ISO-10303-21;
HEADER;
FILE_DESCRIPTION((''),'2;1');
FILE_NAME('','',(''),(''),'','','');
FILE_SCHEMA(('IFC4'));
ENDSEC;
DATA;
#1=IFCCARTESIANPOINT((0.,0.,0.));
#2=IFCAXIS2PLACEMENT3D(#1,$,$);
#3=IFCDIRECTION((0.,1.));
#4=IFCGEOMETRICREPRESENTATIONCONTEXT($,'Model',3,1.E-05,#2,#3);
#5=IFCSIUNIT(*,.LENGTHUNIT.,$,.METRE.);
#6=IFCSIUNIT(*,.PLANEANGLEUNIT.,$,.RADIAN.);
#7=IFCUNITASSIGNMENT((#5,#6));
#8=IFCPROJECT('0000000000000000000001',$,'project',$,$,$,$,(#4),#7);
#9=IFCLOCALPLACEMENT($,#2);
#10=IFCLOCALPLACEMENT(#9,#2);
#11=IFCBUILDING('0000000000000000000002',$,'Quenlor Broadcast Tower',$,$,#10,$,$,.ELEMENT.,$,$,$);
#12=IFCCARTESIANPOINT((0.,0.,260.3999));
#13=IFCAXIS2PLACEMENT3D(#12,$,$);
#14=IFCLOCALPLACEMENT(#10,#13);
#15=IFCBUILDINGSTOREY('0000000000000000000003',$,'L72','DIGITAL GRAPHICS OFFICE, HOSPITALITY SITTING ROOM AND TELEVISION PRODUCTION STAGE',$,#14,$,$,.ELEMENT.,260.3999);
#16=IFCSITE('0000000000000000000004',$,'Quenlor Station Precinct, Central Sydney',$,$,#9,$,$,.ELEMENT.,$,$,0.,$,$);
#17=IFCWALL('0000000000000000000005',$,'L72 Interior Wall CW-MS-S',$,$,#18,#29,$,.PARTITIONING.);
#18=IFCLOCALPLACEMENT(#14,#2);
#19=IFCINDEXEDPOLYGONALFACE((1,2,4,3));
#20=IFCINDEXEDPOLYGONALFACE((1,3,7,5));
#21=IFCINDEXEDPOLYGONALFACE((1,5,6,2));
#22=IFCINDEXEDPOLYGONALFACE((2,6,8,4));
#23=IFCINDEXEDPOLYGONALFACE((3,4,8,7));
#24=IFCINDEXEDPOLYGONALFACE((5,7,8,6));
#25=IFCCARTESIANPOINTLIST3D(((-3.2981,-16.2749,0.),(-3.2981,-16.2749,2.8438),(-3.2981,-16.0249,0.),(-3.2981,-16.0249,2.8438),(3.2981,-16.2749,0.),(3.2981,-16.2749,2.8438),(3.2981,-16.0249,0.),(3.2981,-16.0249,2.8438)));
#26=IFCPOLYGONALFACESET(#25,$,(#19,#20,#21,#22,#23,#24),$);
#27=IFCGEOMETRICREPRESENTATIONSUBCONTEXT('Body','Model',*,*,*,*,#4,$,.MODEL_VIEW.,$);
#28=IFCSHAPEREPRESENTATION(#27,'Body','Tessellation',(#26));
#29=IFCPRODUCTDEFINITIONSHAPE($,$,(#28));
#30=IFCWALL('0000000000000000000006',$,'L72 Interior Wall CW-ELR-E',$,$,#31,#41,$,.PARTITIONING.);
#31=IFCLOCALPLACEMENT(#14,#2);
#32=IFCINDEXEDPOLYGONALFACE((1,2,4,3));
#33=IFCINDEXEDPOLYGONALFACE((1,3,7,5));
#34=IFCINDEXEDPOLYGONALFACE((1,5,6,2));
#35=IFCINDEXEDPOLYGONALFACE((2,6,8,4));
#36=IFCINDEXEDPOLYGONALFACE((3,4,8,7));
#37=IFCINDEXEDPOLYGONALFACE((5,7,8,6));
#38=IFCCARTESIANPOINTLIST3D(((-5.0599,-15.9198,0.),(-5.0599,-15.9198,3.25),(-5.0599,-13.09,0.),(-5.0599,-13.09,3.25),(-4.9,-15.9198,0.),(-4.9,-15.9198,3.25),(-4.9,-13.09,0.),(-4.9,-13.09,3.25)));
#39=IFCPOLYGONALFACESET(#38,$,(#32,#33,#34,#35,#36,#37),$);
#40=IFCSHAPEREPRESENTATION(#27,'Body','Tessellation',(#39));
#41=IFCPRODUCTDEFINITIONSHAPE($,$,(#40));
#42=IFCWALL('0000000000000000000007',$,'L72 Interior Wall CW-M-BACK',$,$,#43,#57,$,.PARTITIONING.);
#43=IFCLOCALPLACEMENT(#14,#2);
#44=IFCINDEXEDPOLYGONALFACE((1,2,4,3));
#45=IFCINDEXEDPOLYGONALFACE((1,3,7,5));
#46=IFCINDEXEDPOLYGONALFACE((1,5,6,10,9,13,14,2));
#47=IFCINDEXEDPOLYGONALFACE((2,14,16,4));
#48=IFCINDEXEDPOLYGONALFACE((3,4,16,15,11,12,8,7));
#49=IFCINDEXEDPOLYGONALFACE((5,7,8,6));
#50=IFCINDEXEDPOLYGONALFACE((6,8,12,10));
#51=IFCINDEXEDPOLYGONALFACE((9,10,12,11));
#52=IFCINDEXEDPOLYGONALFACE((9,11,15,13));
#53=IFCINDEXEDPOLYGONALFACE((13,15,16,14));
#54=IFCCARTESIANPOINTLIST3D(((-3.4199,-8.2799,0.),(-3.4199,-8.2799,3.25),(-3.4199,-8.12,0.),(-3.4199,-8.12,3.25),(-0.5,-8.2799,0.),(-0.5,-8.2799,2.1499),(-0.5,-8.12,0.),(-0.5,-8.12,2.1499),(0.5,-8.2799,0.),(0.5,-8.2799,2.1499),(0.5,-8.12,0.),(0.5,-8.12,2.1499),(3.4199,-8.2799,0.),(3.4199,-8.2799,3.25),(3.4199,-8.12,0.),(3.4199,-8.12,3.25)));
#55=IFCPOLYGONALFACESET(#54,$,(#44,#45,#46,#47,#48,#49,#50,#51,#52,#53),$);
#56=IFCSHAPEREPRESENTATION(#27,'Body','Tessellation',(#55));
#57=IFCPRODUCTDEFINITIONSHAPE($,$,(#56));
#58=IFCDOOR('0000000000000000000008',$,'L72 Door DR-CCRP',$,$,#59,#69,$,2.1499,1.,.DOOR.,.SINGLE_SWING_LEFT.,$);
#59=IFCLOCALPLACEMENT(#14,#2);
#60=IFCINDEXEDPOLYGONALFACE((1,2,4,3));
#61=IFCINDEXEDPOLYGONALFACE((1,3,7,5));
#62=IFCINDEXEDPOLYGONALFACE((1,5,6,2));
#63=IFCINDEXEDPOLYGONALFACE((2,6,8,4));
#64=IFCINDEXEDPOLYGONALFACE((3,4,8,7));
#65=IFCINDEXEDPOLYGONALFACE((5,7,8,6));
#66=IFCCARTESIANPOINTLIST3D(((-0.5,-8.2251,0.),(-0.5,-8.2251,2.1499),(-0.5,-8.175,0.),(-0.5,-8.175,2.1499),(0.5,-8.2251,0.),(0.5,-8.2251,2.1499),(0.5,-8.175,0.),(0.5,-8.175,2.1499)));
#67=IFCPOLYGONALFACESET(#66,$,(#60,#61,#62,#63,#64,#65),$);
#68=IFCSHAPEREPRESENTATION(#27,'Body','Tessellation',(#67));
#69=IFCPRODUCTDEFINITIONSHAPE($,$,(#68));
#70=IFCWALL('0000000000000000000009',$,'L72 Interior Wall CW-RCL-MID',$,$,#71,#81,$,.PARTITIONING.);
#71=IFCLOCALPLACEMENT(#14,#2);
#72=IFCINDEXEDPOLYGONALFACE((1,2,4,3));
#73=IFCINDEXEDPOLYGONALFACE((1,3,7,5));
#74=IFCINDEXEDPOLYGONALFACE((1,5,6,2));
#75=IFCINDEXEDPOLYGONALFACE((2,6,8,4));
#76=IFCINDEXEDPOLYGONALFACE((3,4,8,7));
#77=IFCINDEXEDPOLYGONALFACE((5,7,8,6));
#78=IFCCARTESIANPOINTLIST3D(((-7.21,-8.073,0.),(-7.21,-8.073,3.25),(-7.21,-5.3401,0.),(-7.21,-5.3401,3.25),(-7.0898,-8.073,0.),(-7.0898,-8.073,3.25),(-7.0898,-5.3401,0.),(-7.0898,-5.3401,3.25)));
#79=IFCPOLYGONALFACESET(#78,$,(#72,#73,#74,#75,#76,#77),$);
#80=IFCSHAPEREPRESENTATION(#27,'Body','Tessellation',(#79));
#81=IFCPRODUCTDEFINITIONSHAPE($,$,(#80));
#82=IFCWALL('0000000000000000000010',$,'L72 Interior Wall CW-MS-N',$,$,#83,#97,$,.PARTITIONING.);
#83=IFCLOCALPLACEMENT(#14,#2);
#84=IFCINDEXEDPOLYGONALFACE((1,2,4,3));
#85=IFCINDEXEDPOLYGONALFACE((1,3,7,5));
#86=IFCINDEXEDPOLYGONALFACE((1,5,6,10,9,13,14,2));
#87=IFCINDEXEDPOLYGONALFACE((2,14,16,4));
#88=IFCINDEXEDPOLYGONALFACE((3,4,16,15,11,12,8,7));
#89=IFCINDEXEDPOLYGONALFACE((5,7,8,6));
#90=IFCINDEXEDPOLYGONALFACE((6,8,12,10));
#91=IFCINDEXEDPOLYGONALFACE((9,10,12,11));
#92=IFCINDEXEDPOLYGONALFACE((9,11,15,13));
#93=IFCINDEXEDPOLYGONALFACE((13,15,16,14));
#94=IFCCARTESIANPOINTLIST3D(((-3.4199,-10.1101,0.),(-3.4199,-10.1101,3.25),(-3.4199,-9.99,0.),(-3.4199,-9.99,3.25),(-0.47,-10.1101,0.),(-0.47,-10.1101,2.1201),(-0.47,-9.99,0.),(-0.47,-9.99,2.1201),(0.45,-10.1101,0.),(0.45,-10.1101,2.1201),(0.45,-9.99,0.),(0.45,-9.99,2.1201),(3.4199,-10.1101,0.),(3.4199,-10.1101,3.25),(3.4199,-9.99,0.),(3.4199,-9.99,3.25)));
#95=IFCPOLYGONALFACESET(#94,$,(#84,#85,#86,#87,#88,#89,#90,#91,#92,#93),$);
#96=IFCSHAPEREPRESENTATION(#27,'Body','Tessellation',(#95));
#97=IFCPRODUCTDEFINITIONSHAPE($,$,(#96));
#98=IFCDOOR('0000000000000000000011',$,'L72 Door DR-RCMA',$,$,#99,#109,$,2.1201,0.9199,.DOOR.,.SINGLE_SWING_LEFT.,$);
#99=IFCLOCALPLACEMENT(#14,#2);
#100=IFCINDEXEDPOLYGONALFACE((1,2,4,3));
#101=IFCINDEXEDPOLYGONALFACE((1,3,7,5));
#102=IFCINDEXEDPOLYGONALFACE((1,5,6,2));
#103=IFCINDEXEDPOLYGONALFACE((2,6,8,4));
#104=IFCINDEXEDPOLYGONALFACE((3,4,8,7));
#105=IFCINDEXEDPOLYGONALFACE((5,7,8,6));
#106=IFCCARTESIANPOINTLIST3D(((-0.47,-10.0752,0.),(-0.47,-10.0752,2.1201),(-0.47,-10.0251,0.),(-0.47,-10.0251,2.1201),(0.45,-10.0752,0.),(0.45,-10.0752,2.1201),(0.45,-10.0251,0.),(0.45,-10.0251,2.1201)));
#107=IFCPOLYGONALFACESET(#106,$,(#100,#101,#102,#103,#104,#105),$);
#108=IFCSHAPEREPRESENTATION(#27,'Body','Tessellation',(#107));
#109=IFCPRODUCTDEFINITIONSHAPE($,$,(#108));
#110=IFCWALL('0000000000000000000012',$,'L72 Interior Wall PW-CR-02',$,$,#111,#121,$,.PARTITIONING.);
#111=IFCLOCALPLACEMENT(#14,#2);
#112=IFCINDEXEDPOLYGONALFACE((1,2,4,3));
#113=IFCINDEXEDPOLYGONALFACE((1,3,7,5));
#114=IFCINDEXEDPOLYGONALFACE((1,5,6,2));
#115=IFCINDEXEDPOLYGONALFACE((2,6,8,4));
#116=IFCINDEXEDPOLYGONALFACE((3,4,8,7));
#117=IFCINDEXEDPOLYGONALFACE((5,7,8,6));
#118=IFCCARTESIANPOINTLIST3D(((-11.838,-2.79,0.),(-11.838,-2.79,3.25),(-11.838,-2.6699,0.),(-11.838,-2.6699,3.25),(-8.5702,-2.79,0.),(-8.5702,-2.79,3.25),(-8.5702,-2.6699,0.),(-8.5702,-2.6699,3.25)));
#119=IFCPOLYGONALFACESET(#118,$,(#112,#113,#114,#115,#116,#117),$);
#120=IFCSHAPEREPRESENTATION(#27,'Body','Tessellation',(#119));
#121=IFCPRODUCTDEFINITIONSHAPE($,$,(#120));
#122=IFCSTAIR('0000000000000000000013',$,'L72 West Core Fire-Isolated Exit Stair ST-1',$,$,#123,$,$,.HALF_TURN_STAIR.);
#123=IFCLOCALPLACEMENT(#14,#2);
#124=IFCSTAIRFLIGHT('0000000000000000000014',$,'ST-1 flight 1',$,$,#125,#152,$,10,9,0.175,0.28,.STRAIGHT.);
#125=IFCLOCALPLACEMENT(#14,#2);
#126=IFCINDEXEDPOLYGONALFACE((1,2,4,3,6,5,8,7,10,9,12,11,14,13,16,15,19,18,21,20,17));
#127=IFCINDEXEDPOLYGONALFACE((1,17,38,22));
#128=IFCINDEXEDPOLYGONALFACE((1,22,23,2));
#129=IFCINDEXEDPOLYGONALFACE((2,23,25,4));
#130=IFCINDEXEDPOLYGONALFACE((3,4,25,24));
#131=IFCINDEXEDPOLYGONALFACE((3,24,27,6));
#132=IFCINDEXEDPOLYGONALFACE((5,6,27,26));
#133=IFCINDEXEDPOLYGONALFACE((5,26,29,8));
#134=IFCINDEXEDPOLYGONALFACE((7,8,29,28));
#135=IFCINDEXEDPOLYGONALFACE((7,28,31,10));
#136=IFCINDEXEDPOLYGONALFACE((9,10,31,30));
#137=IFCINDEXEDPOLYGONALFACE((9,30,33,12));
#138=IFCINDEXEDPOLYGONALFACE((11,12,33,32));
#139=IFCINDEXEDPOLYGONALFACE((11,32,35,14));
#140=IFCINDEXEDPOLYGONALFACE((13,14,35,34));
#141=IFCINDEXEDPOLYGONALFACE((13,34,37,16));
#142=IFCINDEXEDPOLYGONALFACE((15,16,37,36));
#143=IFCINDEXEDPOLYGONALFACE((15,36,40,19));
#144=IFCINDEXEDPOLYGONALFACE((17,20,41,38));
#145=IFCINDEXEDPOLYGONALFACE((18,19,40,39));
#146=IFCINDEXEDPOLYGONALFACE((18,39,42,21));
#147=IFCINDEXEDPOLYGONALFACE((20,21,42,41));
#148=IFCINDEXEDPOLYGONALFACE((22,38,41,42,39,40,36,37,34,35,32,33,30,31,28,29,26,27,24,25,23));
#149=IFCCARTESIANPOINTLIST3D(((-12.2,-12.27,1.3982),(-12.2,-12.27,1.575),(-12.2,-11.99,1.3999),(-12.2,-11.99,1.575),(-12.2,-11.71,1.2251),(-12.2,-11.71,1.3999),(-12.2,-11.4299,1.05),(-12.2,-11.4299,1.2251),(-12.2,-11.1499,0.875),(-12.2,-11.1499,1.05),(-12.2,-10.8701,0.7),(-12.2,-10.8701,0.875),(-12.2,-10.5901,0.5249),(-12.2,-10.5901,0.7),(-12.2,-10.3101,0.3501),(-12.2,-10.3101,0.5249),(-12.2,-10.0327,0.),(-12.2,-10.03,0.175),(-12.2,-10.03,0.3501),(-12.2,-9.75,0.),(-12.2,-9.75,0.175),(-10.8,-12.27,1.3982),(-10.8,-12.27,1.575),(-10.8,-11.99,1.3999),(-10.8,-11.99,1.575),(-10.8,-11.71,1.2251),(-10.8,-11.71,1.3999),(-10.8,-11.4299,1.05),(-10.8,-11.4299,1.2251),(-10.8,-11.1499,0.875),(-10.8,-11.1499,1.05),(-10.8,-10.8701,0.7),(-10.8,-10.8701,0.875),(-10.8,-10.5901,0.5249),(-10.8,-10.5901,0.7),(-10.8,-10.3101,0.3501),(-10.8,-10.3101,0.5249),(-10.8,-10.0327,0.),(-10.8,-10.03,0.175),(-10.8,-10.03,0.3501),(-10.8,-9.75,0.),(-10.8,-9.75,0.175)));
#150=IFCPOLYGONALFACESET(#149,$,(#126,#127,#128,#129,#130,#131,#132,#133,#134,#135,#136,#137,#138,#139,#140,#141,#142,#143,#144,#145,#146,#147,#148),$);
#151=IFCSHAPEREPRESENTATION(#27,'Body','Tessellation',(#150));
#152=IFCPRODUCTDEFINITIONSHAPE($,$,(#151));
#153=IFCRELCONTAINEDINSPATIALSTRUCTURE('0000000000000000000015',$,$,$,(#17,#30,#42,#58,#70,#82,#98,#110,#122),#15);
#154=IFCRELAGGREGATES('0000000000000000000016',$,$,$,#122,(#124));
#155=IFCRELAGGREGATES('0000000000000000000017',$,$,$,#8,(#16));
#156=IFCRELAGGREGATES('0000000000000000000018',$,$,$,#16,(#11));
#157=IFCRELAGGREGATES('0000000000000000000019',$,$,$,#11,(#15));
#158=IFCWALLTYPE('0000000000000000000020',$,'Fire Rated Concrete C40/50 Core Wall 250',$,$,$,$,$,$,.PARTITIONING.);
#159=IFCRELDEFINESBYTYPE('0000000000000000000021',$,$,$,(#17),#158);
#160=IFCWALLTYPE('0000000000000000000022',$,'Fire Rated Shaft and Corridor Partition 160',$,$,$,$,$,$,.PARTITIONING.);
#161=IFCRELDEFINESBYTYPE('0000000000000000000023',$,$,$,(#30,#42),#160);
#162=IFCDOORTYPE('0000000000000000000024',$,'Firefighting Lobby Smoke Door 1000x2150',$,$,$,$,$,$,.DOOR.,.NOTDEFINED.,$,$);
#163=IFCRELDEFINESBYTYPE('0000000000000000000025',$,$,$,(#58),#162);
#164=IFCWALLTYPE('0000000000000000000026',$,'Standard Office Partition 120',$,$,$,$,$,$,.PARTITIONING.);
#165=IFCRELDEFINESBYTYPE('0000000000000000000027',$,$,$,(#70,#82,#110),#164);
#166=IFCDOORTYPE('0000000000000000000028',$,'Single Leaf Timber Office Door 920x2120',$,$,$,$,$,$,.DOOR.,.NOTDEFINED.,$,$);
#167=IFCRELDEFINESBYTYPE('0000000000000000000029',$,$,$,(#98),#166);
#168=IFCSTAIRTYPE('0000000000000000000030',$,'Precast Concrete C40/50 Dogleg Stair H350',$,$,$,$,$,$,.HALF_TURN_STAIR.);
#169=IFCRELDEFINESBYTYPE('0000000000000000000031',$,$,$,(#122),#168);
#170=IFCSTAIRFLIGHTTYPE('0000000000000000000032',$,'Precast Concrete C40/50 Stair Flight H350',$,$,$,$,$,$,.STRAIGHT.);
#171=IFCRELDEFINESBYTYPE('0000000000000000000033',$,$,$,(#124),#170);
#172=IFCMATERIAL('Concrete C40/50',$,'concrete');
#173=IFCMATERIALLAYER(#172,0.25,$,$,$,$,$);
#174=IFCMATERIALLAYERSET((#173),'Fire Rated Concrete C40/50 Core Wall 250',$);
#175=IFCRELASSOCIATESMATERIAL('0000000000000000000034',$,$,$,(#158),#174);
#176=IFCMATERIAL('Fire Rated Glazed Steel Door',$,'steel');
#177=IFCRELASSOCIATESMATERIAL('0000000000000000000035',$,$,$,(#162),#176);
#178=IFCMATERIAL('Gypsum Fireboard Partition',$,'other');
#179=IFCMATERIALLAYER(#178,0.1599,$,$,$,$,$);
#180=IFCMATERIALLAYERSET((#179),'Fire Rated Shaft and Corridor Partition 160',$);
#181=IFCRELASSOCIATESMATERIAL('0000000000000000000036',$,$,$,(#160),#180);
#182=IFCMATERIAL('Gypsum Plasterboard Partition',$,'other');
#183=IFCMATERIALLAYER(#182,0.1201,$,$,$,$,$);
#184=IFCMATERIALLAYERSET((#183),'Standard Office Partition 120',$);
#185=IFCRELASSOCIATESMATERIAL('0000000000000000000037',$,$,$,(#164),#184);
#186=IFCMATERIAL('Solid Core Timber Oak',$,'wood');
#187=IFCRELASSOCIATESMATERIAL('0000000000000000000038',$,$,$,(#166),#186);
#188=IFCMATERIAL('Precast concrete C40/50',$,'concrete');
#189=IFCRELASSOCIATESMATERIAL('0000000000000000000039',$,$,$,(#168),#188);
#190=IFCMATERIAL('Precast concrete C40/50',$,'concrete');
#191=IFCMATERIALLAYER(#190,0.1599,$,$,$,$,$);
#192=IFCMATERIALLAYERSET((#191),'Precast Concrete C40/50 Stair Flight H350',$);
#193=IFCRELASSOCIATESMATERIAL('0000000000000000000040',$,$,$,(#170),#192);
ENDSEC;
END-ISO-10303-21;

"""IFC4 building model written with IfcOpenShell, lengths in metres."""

from ifc_helpers import new_model, si_unit, direction, frame, frame_2d, origin, place, context, subcontext, project, spatial, polyline, rectangle, outline, extrude, material, layer, layer_set, type_object, element, fill, aggregate, save


model = new_model("IFC4")

# Units and contexts
model_context = context("Model", 3, precision=1e-05, world=origin(), true_north=direction((0.0, 1.0)))
body_context = subcontext(model_context, "Body", "Model", "MODEL_VIEW")
ifc_project = project(units=[si_unit("LENGTHUNIT", "METRE"), si_unit("PLANEANGLEUNIT", "RADIAN")], contexts=[model_context])

# Site, building, storey
site_placement = place(None, origin())
site = spatial("IfcSite", under=ifc_project, at=site_placement, Name="Quenlor Station Precinct, Central Sydney", CompositionType="ELEMENT", RefElevation=0.0)
building_placement = place(site_placement, origin())
building = spatial("IfcBuilding", under=site, at=building_placement, Name="Quenlor Broadcast Tower", CompositionType="ELEMENT")
storey_placement = place(building_placement, frame((0.0, 0.0, 260.3999)))
storey = spatial("IfcBuildingStorey", under=building, at=storey_placement, Name="L72", Description="DIGITAL GRAPHICS OFFICE, HOSPITALITY SITTING ROOM AND TELEVISION PRODUCTION STAGE", CompositionType="ELEMENT", Elevation=260.3999)

# Shared definitions
ifc_material_1 = material(Name="Concrete C40/50", Category="concrete")
ifc_layer_1 = layer(ifc_material_1, 0.25)
ifc_layer_set_1 = layer_set([ifc_layer_1], Name="Fire Rated Concrete C40/50 Core Wall 250")
wall_type_1 = type_object("IfcWallType", Name="Fire Rated Concrete C40/50 Core Wall 250", PredefinedType="PARTITIONING", material=ifc_layer_set_1)

# Shared definitions
ifc_material_2 = material(Name="Fire Rated Glazed Steel Door", Category="steel")
door_type_1 = type_object("IfcDoorType", Name="Firefighting Lobby Smoke Door 1000x2150", OperationType="NOTDEFINED", PredefinedType="DOOR", material=ifc_material_2)

# Walls
wall_1_placement = place(storey_placement, frame((-3.2981, -16.1499, 0.0), z_axis=(0.0, 0.0, 1.0), x_axis=(1.0, 0.0, 0.0)))
element("IfcWall", 1, at=wall_1_placement, inside=storey, type_object=wall_type_1, Name="L72 Interior Wall CW-MS-S", PredefinedType="PARTITIONING", context=body_context, shape_type="SweptSolid", body=[
    extrude(rectangle(XDim=6.5962, YDim=0.25, at=frame_2d((3.2981, 0.0))), origin(), (0.0, 0.0, 1.0), 2.8438),
])
ifc_material_3 = material(Name="Gypsum Fireboard Partition", Category="other")
ifc_layer_2 = layer(ifc_material_3, 0.1599)
ifc_layer_set_2 = layer_set([ifc_layer_2], Name="Fire Rated Shaft and Corridor Partition 160")
wall_type_2 = type_object("IfcWallType", Name="Fire Rated Shaft and Corridor Partition 160", PredefinedType="PARTITIONING", material=ifc_layer_set_2)
wall_2_placement = place(storey_placement, frame((-4.98, -15.9199, 0.0), z_axis=(0.0, 0.0, 1.0), x_axis=(0.0, 1.0, 0.0)))
element("IfcWall", 2, at=wall_2_placement, inside=storey, type_object=wall_type_2, Name="L72 Interior Wall CW-ELR-E", PredefinedType="PARTITIONING", context=body_context, shape_type="SweptSolid", body=[
    extrude(rectangle(XDim=2.8298, YDim=0.1599, at=frame_2d((1.415, 0.0))), origin(), (0.0, 0.0, 1.0), 3.25),
])

# Wall, opening, door
wall_3_placement = place(storey_placement, frame((-3.4199, -8.2, 0.0), z_axis=(0.0, 0.0, 1.0), x_axis=(1.0, 0.0, 0.0)))
wall_3 = element("IfcWall", 3, at=wall_3_placement, inside=storey, type_object=wall_type_2, Name="L72 Interior Wall CW-M-BACK", PredefinedType="PARTITIONING", context=body_context, shape_type="SweptSolid", body=[
    extrude(rectangle(XDim=6.8398, YDim=0.1599, at=frame_2d((3.4199, 0.0))), origin(), (0.0, 0.0, 1.0), 3.25),
])
opening_1_placement = place(wall_3_placement, frame((2.9199, 0.0, 0.0)))
opening_1 = element("IfcOpeningElement", 4, at=opening_1_placement, cuts=wall_3, PredefinedType="OPENING", context=body_context, shape_type="SweptSolid", body=[
    extrude(rectangle(XDim=1.0, YDim=2.1499, at=frame_2d((0.5, 1.075))), frame((0.0, 0.0898, 0.0), z_axis=(0.0, -1.0, 0.0), x_axis=(1.0, 0.0, 0.0)), (0.0, 0.0, 1.0), 0.1799),
])
door_1_placement = place(opening_1_placement, origin())
door_1 = element("IfcDoor", 5, at=door_1_placement, inside=storey, type_object=door_type_1, Name="L72 Door DR-CCRP", OperationType="SINGLE_SWING_LEFT", OverallHeight=2.1499, OverallWidth=1.0, PredefinedType="DOOR", context=body_context, shape_type="SweptSolid", body=[
    extrude(rectangle(XDim=1.0, YDim=2.1499, at=frame_2d((0.5, 1.075))), frame((0.0, 0.0249, 0.0), z_axis=(0.0, -1.0, 0.0), x_axis=(1.0, 0.0, 0.0)), (0.0, 0.0, 1.0), 0.05),
])
fill(opening_1, door_1)

# Wall
ifc_material_4 = material(Name="Gypsum Plasterboard Partition", Category="other")
ifc_layer_3 = layer(ifc_material_4, 0.1201)
ifc_layer_set_3 = layer_set([ifc_layer_3], Name="Standard Office Partition 120")
wall_type_3 = type_object("IfcWallType", Name="Standard Office Partition 120", PredefinedType="PARTITIONING", material=ifc_layer_set_3)
wall_4_placement = place(storey_placement, frame((-7.1499, -8.073, 0.0), z_axis=(0.0, 0.0, 1.0), x_axis=(0.0, 1.0, 0.0)))
element("IfcWall", 6, at=wall_4_placement, inside=storey, type_object=wall_type_3, Name="L72 Interior Wall CW-RCL-MID", PredefinedType="PARTITIONING", context=body_context, shape_type="SweptSolid", body=[
    extrude(rectangle(XDim=2.7329, YDim=0.1201, at=frame_2d((1.3665, 0.0))), origin(), (0.0, 0.0, 1.0), 3.25),
])

# Wall, opening, door
wall_5_placement = place(storey_placement, frame((-3.4199, -10.05, 0.0), z_axis=(0.0, 0.0, 1.0), x_axis=(1.0, 0.0, 0.0)))
wall_5 = element("IfcWall", 7, at=wall_5_placement, inside=storey, type_object=wall_type_3, Name="L72 Interior Wall CW-MS-N", PredefinedType="PARTITIONING", context=body_context, shape_type="SweptSolid", body=[
    extrude(rectangle(XDim=6.8398, YDim=0.1201, at=frame_2d((3.4199, 0.0))), origin(), (0.0, 0.0, 1.0), 3.25),
])
opening_2_placement = place(wall_5_placement, frame((2.95, 0.0, 0.0)))
opening_2 = element("IfcOpeningElement", 8, at=opening_2_placement, cuts=wall_5, PredefinedType="OPENING", context=body_context, shape_type="SweptSolid", body=[
    extrude(rectangle(XDim=0.9199, YDim=2.1201, at=frame_2d((0.46, 1.0601))), frame((0.0, 0.0701, 0.0), z_axis=(0.0, -1.0, 0.0), x_axis=(1.0, 0.0, 0.0)), (0.0, 0.0, 1.0), 0.1401),
])
ifc_material_5 = material(Name="Solid Core Timber Oak", Category="wood")
door_type_2 = type_object("IfcDoorType", Name="Single Leaf Timber Office Door 920x2120", OperationType="NOTDEFINED", PredefinedType="DOOR", material=ifc_material_5)
door_2_placement = place(opening_2_placement, origin())
door_2 = element("IfcDoor", 9, at=door_2_placement, inside=storey, type_object=door_type_2, Name="L72 Door DR-RCMA", OperationType="SINGLE_SWING_LEFT", OverallHeight=2.1201, OverallWidth=0.9199, PredefinedType="DOOR", context=body_context, shape_type="SweptSolid", body=[
    extrude(rectangle(XDim=0.9199, YDim=2.1201, at=frame_2d((0.46, 1.0601))), frame((0.0, 0.0249, 0.0), z_axis=(0.0, -1.0, 0.0), x_axis=(1.0, 0.0, 0.0)), (0.0, 0.0, 1.0), 0.05),
])
fill(opening_2, door_2)

# Wall
wall_6_placement = place(storey_placement, frame((-11.8379, -2.73, 0.0), z_axis=(0.0, 0.0, 1.0), x_axis=(1.0, 0.0, 0.0)))
element("IfcWall", 10, at=wall_6_placement, inside=storey, type_object=wall_type_3, Name="L72 Interior Wall PW-CR-02", PredefinedType="PARTITIONING", context=body_context, shape_type="SweptSolid", body=[
    extrude(rectangle(XDim=3.2678, YDim=0.1201, at=frame_2d((1.6338, 0.0))), origin(), (0.0, 0.0, 1.0), 3.25),
])

# Stair, stair flight
ifc_material_6 = material(Name="Precast concrete C40/50", Category="concrete")
stair_type = type_object("IfcStairType", Name="Precast Concrete C40/50 Dogleg Stair H350", PredefinedType="HALF_TURN_STAIR", material=ifc_material_6)
stair_placement = place(storey_placement, origin())
stair = element("IfcStair", 11, at=stair_placement, inside=storey, type_object=stair_type, Name="L72 West Core Fire-Isolated Exit Stair ST-1", PredefinedType="HALF_TURN_STAIR")
ifc_material_7 = material(Name="Precast concrete C40/50", Category="concrete")
ifc_layer_4 = layer(ifc_material_7, 0.1599)
ifc_layer_set_4 = layer_set([ifc_layer_4], Name="Precast Concrete C40/50 Stair Flight H350")
stair_flight_type = type_object("IfcStairFlightType", Name="Precast Concrete C40/50 Stair Flight H350", PredefinedType="STRAIGHT", material=ifc_layer_set_4)
stair_flight_1_placement = place(storey_placement, frame((-11.5, -9.75, 0.0), z_axis=(0.0, 0.0, 1.0), x_axis=(0.0, -1.0, 0.0)))
stair_flight_1 = element("IfcStairFlight", 12, at=stair_flight_1_placement, type_object=stair_flight_type, Name="ST-1 flight 1", NumberOfRisers=10, NumberOfTreads=9, PredefinedType="STRAIGHT", RiserHeight=0.175, TreadLength=0.28, context=body_context, shape_type="SweptSolid", body=[
    extrude(outline(polyline([(0.0, 0.0), (0.0, 0.175), (0.28, 0.175), (0.28, 0.3501), (0.5601, 0.3501), (0.5601, 0.5249), (0.8401, 0.5249), (0.8401, 0.7), (1.1201, 0.7), (1.1201, 0.875), (1.3999, 0.875), (1.3999, 1.05), (1.6799, 1.05), (1.6799, 1.2251), (1.96, 1.2251), (1.96, 1.3999), (2.24, 1.3999), (2.24, 1.575), (2.52, 1.575), (2.52, 1.75), (2.52, 1.3982), (0.2827, 0.0), (0.0, 0.0)])), frame((0.0, 0.7, 0.0), z_axis=(0.0, -1.0, 0.0), x_axis=(1.0, 0.0, 0.0)), (0.0, 0.0, 1.0), 1.3999),
])
aggregate(stair, [stair_flight_1])

save(model, "model.ifc")
